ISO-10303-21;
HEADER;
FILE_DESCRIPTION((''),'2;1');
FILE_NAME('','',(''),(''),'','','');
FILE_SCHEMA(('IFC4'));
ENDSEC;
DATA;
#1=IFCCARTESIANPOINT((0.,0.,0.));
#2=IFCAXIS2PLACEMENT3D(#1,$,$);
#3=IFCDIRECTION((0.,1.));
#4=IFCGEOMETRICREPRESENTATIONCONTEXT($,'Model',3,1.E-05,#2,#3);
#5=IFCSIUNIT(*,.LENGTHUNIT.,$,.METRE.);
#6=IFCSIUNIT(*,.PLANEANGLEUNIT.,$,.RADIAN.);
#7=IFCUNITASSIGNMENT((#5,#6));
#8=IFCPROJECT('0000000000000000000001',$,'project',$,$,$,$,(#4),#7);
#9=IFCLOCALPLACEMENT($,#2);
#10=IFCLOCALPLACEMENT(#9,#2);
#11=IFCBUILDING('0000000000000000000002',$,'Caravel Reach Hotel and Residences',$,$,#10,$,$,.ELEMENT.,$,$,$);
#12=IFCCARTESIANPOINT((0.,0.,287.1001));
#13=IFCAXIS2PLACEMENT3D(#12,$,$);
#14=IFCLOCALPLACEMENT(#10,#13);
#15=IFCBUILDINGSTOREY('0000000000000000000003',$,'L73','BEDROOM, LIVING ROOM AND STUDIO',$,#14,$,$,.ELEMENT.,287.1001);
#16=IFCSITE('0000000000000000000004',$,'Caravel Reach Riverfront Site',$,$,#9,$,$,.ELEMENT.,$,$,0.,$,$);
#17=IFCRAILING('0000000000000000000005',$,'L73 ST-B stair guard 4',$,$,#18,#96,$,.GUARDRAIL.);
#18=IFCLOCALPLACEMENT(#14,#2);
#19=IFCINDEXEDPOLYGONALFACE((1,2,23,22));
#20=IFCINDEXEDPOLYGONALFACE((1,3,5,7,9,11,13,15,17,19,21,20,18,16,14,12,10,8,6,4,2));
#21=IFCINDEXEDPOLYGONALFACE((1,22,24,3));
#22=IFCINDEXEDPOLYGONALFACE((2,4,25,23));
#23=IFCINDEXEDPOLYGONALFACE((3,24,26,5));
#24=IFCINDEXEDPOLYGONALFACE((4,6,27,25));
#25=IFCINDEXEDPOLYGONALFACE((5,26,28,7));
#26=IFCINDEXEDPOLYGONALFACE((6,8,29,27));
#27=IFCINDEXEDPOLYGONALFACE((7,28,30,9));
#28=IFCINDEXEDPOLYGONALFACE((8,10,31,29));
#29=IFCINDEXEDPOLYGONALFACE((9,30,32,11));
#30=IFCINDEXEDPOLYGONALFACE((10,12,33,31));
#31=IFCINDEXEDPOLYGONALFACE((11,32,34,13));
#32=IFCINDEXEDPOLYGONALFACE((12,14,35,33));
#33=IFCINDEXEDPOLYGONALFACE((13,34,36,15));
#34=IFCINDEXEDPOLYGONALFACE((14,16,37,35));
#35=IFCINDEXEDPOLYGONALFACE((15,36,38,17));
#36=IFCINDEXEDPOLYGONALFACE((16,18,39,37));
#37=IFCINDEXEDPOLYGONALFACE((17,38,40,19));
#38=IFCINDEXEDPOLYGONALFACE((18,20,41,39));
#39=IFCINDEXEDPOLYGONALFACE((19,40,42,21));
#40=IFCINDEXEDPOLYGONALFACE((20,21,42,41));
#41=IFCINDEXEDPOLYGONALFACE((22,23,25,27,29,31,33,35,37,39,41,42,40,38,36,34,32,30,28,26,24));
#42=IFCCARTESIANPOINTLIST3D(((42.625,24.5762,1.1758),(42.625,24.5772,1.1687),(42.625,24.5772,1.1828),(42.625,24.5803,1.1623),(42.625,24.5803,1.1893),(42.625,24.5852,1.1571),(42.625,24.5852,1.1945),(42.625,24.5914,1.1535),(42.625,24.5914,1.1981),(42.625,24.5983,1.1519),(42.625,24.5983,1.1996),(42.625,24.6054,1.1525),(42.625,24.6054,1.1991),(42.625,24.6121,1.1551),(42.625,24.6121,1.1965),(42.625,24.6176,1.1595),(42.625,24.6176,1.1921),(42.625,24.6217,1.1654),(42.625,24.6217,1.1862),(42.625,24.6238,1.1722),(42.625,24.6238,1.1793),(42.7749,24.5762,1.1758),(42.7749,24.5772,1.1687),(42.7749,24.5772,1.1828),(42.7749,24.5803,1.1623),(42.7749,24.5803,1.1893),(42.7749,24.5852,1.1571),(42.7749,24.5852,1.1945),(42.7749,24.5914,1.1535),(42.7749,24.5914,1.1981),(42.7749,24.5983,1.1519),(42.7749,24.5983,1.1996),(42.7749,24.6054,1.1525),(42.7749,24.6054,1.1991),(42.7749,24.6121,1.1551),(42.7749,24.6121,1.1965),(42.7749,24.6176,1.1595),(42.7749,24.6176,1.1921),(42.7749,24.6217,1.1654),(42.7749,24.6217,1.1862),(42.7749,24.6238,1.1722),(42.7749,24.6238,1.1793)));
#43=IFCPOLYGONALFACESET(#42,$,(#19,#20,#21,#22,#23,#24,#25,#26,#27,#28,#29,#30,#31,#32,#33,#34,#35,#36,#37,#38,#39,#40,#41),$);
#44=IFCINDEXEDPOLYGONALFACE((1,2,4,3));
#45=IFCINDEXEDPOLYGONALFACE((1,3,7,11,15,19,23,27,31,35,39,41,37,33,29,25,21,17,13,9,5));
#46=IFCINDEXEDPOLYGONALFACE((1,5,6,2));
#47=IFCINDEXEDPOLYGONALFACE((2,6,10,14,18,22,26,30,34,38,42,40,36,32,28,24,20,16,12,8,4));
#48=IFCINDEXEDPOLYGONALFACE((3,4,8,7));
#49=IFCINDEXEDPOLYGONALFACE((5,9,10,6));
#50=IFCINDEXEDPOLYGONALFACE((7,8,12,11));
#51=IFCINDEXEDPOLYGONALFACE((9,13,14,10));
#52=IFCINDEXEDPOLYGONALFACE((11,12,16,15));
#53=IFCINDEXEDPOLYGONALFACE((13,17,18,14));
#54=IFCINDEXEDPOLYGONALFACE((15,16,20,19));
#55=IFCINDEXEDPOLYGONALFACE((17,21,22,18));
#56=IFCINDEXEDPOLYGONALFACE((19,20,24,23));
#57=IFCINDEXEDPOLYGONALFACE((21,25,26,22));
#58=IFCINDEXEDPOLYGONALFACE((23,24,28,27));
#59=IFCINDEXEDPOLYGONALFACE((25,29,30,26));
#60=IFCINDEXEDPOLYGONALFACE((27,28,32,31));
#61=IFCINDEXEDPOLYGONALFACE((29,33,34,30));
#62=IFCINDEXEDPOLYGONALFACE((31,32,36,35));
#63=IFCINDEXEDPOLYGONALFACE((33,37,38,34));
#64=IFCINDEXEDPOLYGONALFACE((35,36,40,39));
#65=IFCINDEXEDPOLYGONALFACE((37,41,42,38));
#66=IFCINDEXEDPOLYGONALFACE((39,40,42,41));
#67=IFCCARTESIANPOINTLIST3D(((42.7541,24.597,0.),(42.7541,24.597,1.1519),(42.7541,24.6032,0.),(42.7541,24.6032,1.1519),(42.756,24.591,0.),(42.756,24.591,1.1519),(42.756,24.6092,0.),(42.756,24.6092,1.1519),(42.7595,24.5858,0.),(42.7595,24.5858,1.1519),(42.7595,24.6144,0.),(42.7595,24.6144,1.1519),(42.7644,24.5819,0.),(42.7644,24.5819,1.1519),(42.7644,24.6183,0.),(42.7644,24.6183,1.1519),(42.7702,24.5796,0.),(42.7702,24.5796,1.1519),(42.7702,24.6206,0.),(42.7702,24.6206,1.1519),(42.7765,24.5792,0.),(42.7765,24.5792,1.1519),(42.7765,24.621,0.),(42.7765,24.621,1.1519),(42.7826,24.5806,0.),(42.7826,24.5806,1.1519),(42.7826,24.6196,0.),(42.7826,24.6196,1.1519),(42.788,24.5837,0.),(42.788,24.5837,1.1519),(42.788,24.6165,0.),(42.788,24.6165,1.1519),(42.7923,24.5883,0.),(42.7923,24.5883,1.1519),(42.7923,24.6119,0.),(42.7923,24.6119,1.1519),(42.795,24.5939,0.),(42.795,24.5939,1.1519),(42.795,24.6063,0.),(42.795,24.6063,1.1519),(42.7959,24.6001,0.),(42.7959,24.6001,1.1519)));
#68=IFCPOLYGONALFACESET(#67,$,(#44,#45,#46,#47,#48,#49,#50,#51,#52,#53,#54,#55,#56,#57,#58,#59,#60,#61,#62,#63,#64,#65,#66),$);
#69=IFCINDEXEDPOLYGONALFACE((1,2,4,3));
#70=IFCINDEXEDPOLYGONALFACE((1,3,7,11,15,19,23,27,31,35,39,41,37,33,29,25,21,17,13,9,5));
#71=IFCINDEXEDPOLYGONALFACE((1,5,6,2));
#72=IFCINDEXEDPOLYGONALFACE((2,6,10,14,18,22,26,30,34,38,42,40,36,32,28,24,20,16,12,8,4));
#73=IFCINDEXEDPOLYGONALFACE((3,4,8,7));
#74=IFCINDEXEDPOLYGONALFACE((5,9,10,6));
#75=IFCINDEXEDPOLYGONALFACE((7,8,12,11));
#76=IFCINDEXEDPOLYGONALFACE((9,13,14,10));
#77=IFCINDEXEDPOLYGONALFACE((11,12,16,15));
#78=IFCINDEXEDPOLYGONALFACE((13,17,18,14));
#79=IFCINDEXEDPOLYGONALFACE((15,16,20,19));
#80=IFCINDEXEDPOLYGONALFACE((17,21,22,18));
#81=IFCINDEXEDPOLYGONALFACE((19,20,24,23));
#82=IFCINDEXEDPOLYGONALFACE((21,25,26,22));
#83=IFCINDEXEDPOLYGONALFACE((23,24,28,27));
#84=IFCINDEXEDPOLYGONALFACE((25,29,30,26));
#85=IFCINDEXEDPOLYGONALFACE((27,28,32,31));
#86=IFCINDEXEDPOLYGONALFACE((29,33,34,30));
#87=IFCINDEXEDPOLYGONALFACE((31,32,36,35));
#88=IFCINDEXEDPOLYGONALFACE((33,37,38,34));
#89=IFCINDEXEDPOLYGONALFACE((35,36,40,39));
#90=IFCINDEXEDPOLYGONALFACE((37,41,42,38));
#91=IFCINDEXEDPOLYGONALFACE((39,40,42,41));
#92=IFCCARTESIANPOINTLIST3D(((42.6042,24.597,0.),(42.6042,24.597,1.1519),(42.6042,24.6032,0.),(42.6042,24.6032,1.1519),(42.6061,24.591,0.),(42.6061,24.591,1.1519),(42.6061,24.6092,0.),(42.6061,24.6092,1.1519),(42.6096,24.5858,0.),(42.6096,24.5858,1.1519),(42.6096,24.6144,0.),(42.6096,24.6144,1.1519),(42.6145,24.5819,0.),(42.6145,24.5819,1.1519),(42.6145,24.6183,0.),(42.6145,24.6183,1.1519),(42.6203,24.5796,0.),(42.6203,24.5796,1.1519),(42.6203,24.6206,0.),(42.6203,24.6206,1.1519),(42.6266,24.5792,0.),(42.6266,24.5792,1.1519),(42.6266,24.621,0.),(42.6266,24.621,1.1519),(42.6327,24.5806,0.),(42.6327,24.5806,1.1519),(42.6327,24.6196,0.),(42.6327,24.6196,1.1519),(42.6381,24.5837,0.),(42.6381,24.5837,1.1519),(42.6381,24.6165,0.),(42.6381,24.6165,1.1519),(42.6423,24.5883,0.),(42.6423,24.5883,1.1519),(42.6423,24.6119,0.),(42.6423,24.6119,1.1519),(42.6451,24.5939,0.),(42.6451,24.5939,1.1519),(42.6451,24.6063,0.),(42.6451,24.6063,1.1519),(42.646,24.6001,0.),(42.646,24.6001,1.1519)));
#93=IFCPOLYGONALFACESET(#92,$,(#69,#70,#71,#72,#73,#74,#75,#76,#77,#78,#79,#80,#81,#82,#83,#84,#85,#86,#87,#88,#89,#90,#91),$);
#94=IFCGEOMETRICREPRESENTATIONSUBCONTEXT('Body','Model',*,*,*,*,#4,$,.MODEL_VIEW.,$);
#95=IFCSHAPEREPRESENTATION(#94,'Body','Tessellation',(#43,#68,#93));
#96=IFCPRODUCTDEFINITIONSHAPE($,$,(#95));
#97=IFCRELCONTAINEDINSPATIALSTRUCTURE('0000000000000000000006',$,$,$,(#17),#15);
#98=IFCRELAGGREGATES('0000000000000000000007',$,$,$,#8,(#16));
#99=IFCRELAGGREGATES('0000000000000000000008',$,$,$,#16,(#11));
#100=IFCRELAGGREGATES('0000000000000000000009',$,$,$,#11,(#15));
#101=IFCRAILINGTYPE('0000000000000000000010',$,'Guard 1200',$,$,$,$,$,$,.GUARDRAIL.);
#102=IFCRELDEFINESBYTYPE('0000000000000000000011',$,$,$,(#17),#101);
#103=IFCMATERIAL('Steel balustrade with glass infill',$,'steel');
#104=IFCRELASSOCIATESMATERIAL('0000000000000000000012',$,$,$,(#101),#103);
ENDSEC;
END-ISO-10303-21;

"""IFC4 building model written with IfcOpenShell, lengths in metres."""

from ifc_helpers import new_model, si_unit, direction, frame, origin, origin_2d, place, context, subcontext, project, spatial, circle, extrude, material, type_object, element, save


model = new_model("IFC4")

# Units and contexts
model_context = context("Model", 3, precision=1e-05, world=origin(), true_north=direction((0.0, 1.0)))
body_context = subcontext(model_context, "Body", "Model", "MODEL_VIEW")
ifc_project = project(units=[si_unit("LENGTHUNIT", "METRE"), si_unit("PLANEANGLEUNIT", "RADIAN")], contexts=[model_context])

# Site, building, storey
site_placement = place(None, origin())
site = spatial("IfcSite", under=ifc_project, at=site_placement, Name="Caravel Reach Riverfront Site", CompositionType="ELEMENT", RefElevation=0.0)
building_placement = place(site_placement, origin())
building = spatial("IfcBuilding", under=site, at=building_placement, Name="Caravel Reach Hotel and Residences", CompositionType="ELEMENT")
storey_placement = place(building_placement, frame((0.0, 0.0, 287.1001)))
storey = spatial("IfcBuildingStorey", under=building, at=storey_placement, Name="L73", Description="BEDROOM, LIVING ROOM AND STUDIO", CompositionType="ELEMENT", Elevation=287.1001)

# Railing
ifc_material_1 = material(Name="Steel balustrade with glass infill", Category="steel")
railing_type_1 = type_object("IfcRailingType", Name="Guard 1200", PredefinedType="GUARDRAIL", material=ifc_material_1)
railing_1_placement = place(storey_placement, frame((42.7749, 24.6001, 0.0)))
element("IfcRailing", 1, at=railing_1_placement, inside=storey, type_object=railing_type_1, Name="L73 ST-B stair guard 4", PredefinedType="GUARDRAIL", context=body_context, shape_type="SweptSolid", body=[
    extrude(circle(Radius=0.0239, at=origin_2d()), frame((0.0, 0.0, 1.1758), z_axis=(-1.0, 0.0, 0.0), x_axis=(0.0, -1.0, 0.0)), (0.0, 0.0, 1.0), 0.1499),
    extrude(circle(Radius=0.021, at=origin_2d()), origin(), (0.0, 0.0, 1.0), 1.1519),
    extrude(circle(Radius=0.021, at=origin_2d()), frame((-0.1499, 0.0, 0.0)), (0.0, 0.0, 1.0), 1.1519),
])

save(model, "model.ifc")
